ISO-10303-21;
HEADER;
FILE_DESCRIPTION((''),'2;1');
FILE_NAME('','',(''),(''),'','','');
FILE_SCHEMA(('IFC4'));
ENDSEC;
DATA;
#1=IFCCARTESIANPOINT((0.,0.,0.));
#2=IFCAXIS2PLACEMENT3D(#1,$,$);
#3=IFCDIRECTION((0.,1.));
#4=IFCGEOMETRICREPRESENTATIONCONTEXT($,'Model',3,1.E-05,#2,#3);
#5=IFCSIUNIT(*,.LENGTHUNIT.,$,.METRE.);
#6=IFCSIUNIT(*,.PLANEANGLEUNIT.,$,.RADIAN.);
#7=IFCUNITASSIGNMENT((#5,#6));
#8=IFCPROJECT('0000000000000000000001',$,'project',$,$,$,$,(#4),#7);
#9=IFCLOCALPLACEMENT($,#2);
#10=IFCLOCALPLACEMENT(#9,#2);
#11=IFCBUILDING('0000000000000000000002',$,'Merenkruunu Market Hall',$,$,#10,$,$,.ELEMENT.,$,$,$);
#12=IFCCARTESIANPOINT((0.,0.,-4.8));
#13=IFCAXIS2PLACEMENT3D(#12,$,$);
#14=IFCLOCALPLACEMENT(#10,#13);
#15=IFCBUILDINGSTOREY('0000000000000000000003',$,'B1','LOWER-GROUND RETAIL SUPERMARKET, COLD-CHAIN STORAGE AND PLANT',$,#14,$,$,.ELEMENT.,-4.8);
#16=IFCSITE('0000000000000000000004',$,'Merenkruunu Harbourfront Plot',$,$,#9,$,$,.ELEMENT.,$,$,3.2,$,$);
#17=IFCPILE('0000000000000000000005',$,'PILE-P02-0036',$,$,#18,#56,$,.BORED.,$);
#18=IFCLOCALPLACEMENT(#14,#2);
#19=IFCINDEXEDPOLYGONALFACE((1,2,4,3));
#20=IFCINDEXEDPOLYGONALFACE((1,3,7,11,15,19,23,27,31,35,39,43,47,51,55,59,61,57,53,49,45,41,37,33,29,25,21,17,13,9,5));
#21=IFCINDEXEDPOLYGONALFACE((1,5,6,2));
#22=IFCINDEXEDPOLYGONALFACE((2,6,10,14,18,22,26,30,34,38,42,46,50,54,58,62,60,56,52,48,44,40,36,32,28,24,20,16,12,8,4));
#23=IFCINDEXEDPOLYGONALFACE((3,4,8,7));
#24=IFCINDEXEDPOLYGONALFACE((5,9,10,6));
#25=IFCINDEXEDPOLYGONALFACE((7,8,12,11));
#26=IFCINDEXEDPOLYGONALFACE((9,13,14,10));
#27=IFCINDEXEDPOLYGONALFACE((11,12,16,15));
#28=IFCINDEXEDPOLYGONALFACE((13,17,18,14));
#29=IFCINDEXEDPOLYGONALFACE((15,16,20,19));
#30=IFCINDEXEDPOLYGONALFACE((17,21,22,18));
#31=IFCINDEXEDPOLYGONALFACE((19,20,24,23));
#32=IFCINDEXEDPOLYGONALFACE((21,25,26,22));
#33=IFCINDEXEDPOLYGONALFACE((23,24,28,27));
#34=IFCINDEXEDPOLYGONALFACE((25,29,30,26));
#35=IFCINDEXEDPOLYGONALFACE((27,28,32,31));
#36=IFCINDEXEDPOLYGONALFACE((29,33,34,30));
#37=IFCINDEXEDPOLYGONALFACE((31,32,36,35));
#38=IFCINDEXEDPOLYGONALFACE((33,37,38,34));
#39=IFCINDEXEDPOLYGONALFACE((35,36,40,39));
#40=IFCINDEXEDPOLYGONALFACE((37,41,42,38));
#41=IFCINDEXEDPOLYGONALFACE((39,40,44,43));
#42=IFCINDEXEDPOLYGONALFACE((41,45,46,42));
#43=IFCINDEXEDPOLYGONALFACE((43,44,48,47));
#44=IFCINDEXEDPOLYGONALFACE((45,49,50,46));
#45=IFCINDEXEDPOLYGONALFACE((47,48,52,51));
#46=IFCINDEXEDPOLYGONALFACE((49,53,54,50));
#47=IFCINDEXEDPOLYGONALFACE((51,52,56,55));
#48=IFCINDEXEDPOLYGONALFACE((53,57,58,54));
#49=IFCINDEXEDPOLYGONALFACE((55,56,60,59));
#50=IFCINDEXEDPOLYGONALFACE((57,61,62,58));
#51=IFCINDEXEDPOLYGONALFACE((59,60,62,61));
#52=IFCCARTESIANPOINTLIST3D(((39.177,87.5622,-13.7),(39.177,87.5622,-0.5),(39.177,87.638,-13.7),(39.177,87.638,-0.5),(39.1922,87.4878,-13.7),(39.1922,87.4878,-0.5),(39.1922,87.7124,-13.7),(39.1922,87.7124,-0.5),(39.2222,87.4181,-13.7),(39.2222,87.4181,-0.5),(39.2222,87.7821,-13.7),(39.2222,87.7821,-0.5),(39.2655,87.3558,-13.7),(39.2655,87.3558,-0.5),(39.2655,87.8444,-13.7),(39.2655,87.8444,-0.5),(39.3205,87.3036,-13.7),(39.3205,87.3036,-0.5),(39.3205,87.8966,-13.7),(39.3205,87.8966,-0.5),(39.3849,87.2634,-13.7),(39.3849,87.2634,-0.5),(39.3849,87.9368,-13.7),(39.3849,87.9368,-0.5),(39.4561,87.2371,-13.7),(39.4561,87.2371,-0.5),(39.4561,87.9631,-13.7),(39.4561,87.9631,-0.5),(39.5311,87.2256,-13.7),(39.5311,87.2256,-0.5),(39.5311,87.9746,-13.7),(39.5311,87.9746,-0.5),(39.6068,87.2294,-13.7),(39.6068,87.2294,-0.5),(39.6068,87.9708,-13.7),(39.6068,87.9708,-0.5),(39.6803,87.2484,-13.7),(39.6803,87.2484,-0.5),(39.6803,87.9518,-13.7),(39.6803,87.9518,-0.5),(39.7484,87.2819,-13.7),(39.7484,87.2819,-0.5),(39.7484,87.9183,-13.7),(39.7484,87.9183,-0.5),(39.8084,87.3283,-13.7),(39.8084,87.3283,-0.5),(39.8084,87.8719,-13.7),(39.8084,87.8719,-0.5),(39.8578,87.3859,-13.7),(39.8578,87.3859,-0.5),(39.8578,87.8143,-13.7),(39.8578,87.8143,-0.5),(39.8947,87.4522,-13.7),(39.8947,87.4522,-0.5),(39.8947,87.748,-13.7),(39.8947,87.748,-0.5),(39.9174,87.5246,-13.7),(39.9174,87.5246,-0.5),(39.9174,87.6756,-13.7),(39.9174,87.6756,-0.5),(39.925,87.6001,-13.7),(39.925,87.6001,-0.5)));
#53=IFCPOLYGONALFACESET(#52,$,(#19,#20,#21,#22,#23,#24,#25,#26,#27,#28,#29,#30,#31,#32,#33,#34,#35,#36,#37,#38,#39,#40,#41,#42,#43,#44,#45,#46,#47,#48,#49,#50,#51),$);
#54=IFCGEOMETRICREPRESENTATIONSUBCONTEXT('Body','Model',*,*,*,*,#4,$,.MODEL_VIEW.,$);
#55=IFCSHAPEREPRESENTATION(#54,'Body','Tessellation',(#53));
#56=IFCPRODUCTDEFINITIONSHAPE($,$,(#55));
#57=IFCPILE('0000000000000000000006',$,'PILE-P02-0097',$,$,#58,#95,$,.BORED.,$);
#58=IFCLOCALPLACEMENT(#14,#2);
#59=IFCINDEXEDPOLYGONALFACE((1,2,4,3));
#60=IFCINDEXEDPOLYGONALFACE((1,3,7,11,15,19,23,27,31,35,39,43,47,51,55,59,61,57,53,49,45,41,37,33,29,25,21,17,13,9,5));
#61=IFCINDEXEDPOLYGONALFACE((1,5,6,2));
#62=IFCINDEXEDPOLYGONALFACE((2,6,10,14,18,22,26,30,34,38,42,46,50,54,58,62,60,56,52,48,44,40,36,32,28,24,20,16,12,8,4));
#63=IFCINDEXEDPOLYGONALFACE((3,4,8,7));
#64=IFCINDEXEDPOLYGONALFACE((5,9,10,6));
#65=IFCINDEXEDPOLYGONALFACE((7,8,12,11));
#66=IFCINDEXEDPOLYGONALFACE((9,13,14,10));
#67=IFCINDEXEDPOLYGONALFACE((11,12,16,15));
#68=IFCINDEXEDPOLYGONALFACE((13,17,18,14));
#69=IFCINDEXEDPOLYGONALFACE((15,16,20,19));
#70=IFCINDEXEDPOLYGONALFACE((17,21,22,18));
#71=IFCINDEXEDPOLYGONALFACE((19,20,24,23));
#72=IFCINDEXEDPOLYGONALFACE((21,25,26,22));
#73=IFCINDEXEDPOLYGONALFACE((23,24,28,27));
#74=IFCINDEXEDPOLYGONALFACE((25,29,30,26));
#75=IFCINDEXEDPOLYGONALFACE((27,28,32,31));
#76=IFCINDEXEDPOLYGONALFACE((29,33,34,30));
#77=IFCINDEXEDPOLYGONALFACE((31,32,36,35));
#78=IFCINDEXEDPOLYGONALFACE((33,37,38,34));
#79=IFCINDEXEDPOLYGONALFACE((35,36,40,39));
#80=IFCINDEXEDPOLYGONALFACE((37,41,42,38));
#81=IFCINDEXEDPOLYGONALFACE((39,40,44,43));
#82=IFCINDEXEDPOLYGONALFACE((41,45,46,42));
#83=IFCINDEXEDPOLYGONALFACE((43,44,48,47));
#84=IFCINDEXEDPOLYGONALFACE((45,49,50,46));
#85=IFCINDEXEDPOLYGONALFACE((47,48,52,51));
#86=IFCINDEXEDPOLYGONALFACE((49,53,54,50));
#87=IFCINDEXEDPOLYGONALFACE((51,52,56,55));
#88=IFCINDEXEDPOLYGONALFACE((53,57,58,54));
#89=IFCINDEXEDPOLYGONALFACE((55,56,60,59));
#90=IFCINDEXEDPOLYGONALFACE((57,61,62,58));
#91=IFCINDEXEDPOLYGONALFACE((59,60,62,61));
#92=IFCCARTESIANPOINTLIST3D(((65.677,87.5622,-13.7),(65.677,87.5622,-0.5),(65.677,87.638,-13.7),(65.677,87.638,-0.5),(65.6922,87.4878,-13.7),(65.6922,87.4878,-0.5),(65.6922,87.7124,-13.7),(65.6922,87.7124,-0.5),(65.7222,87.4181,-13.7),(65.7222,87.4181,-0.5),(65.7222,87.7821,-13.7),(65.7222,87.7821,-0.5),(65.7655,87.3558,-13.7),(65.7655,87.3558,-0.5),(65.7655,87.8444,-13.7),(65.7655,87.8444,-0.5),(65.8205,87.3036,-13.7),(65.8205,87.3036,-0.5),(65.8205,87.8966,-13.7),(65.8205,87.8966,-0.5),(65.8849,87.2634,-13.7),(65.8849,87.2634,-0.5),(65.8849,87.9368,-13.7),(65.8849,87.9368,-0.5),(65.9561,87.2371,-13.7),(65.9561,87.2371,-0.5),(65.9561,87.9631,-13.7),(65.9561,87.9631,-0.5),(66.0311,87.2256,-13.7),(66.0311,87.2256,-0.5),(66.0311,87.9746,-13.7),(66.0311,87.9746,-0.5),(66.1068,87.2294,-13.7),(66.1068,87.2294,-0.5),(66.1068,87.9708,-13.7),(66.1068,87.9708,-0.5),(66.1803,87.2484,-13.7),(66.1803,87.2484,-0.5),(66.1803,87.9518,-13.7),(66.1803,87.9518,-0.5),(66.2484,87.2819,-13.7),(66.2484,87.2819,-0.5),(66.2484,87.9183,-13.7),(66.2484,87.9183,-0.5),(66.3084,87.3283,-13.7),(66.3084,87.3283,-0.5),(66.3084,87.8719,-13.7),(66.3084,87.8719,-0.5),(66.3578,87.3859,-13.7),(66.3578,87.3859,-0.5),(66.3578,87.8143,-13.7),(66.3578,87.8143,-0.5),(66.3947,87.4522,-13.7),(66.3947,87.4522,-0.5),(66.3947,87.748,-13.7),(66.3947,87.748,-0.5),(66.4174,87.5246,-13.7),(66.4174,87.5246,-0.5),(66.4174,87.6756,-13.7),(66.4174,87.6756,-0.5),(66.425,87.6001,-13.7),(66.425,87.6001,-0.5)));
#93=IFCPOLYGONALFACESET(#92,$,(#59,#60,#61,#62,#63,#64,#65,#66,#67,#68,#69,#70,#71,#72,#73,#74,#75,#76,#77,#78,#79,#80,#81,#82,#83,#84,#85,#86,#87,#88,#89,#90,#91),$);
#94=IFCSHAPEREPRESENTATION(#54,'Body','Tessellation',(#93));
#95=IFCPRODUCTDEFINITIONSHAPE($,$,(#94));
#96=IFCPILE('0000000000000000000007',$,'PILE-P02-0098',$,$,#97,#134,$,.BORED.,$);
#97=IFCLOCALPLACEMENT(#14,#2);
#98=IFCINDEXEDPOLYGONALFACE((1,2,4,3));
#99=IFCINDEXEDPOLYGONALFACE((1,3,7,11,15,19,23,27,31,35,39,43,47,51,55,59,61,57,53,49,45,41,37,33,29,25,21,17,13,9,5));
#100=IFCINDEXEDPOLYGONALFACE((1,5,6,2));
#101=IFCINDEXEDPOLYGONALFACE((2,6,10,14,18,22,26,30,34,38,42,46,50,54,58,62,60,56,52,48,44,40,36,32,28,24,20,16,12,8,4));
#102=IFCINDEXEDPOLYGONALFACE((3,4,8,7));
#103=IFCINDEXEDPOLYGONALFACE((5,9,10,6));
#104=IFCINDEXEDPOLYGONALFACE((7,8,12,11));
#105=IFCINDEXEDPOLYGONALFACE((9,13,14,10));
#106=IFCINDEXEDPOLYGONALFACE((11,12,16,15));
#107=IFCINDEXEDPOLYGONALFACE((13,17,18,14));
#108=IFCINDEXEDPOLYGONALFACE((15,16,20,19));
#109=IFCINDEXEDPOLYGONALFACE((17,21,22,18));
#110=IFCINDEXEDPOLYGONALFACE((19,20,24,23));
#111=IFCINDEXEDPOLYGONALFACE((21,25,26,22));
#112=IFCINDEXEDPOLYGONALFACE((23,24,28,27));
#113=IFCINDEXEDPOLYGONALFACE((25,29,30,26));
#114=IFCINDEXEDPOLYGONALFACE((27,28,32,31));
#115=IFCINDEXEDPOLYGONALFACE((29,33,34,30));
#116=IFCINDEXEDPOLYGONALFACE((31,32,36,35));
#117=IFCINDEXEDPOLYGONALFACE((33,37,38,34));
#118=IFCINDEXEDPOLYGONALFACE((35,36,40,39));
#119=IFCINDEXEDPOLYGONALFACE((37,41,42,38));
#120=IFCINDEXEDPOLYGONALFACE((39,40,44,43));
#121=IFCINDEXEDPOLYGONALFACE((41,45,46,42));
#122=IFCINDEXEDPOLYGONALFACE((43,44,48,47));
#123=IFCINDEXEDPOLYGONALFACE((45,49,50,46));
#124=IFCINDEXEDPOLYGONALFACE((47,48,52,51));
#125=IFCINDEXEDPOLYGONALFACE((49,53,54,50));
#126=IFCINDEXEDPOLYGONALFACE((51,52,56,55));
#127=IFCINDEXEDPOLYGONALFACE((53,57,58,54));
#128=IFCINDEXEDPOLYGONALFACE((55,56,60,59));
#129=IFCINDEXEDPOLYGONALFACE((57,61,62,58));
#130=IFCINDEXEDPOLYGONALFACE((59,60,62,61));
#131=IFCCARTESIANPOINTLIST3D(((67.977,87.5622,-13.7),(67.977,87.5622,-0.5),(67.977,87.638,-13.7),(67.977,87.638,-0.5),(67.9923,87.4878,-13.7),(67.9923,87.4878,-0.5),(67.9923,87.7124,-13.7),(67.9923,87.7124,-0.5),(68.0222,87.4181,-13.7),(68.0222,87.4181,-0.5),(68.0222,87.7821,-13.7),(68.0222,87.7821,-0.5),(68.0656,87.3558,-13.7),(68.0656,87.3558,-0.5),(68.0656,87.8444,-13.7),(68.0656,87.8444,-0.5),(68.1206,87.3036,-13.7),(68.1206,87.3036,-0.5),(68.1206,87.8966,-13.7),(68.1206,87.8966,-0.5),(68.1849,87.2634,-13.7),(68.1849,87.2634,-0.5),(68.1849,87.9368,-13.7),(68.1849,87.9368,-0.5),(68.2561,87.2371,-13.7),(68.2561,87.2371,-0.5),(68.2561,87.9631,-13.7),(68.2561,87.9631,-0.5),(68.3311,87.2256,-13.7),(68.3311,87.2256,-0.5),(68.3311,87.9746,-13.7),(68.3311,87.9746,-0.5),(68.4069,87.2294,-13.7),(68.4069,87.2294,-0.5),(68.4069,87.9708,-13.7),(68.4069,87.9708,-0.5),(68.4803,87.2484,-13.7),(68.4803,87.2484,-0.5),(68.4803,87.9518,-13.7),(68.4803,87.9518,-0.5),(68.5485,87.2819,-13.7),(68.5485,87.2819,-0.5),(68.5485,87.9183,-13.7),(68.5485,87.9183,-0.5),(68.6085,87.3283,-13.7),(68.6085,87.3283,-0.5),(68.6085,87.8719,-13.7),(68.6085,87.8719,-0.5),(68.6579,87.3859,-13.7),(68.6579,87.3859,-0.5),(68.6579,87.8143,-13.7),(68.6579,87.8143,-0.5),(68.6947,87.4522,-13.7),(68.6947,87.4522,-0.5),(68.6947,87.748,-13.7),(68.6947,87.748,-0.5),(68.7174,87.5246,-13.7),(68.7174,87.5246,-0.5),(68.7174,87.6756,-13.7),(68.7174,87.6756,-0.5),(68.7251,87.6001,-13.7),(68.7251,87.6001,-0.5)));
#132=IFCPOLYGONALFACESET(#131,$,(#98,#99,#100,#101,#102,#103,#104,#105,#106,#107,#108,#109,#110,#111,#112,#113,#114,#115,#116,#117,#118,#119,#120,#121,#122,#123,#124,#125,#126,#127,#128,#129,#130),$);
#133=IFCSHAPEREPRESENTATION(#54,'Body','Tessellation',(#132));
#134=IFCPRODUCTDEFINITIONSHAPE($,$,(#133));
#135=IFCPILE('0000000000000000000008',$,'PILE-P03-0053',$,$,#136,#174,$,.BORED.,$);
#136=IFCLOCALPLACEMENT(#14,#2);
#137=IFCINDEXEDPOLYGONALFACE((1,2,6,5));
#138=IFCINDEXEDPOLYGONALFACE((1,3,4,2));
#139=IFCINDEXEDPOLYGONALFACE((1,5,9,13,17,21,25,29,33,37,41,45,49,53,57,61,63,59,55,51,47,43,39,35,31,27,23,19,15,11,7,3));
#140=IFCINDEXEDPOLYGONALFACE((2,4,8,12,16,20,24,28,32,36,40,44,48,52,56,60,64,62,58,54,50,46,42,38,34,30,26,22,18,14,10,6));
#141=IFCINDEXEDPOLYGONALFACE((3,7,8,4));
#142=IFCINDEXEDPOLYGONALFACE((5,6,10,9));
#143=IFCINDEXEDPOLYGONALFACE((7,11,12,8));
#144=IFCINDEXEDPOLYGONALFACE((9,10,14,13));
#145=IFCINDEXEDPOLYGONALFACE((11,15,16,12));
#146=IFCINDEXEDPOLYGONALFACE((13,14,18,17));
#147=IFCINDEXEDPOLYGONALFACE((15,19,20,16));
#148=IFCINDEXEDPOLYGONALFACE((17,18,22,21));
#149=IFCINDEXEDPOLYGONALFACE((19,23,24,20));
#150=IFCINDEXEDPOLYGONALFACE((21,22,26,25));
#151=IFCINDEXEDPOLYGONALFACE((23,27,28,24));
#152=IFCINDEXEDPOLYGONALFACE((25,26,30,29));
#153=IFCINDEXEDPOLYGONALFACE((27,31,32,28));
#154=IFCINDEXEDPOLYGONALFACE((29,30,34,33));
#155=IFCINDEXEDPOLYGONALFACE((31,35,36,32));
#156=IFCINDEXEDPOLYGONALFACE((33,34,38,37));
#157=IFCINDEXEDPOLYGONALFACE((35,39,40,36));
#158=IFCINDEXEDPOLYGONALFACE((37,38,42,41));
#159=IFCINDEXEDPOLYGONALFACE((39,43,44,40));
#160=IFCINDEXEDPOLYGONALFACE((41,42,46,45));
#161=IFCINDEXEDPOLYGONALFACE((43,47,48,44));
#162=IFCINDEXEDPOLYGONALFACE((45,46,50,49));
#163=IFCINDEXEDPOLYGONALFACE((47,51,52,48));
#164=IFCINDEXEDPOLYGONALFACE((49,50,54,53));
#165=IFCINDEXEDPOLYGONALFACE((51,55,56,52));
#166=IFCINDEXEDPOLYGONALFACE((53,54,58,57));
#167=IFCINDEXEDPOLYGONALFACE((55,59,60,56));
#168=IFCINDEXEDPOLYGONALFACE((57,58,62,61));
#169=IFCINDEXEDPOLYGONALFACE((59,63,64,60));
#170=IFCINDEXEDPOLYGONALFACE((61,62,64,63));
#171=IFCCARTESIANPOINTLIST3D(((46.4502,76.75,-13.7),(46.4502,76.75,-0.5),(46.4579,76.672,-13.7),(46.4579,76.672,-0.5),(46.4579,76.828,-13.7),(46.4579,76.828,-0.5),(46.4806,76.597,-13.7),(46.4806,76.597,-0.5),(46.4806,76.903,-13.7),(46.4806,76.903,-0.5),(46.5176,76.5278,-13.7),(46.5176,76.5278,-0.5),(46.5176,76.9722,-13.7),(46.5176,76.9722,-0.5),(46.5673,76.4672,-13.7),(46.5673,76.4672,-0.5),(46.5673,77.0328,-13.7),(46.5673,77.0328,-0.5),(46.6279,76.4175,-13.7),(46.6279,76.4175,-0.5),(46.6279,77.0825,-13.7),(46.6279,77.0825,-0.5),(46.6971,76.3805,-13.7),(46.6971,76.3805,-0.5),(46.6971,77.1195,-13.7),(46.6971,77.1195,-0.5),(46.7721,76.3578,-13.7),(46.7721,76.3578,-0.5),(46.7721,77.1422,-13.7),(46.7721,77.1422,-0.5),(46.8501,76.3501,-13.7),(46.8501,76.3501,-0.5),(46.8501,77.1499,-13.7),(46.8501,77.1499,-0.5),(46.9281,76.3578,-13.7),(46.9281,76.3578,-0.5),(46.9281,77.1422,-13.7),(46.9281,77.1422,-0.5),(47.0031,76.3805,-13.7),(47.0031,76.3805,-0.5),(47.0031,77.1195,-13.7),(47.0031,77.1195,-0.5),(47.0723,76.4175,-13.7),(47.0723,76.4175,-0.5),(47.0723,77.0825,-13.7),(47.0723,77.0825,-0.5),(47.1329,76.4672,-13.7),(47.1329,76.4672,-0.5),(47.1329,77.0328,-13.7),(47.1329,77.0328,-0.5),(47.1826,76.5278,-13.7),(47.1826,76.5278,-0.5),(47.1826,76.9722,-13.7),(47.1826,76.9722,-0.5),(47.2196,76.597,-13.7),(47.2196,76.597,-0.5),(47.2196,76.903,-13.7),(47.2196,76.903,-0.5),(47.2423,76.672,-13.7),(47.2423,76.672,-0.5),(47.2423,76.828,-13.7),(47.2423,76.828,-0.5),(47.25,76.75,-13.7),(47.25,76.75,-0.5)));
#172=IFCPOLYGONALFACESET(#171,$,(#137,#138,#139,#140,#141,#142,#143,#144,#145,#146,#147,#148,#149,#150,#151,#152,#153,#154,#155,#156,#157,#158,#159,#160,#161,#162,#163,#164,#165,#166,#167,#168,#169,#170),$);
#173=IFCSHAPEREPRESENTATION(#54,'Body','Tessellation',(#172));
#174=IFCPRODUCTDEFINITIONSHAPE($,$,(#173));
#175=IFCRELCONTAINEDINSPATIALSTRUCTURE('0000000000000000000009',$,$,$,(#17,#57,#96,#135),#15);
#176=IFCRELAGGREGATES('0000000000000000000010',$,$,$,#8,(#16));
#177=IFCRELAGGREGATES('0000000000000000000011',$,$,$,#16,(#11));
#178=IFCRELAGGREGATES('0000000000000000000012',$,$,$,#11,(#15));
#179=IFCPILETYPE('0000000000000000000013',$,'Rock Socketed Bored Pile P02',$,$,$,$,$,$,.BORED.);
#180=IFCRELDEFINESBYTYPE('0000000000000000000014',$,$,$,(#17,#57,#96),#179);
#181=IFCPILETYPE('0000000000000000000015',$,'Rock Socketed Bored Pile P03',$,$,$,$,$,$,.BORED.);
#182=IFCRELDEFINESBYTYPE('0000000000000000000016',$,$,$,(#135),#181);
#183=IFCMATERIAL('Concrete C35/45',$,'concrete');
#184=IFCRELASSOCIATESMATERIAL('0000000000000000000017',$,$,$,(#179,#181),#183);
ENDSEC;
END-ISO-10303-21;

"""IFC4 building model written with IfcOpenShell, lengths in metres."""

from ifc_helpers import new_model, si_unit, direction, frame, origin, origin_2d, place, context, subcontext, project, spatial, circle, extrude, material, material_profile, profile_set, type_object, element, save


model = new_model("IFC4")

# Units and contexts
model_context = context("Model", 3, precision=1e-05, world=origin(), true_north=direction((0.0, 1.0)))
body_context = subcontext(model_context, "Body", "Model", "MODEL_VIEW")
ifc_project = project(units=[si_unit("LENGTHUNIT", "METRE"), si_unit("PLANEANGLEUNIT", "RADIAN")], contexts=[model_context])

# Site, building, storey
site_placement = place(None, origin())
site = spatial("IfcSite", under=ifc_project, at=site_placement, Name="Merenkruunu Harbourfront Plot", CompositionType="ELEMENT", RefElevation=3.2)
building_placement = place(site_placement, origin())
building = spatial("IfcBuilding", under=site, at=building_placement, Name="Merenkruunu Market Hall", CompositionType="ELEMENT")
storey_placement = place(building_placement, frame((0.0, 0.0, -4.8)))
storey = spatial("IfcBuildingStorey", under=building, at=storey_placement, Name="B1", Description="LOWER-GROUND RETAIL SUPERMARKET, COLD-CHAIN STORAGE AND PLANT", CompositionType="ELEMENT", Elevation=-4.8)

# Piles
ifc_material_1 = material(Name="Concrete C35/45", Category="concrete")
ifc_material_profile_1 = material_profile(ifc_material_1, circle(Radius=0.375, at=origin_2d()), Name="BORED PILE 750")
ifc_profile_set_1 = profile_set([ifc_material_profile_1], Name="Concrete C35/45")
pile_type_1 = type_object("IfcPileType", Name="Rock Socketed Bored Pile P02", PredefinedType="BORED", material=ifc_profile_set_1)
for number, where, z_axis, x_axis, name in (
    (1, (39.55, 87.6001, -0.5), (0.0, 0.0, -1.0), (1.0, 0.0, 0.0), "PILE-P02-0036"),
    (2, (66.05, 87.6001, -0.5), (0.0, 0.0, -1.0), (1.0, 0.0, 0.0), "PILE-P02-0097"),
    (3, (68.3501, 87.6001, -0.5), (0.0, 0.0, -1.0), (1.0, 0.0, 0.0), "PILE-P02-0098"),
):
    element("IfcPile", number, at=place(storey_placement, frame(where, z_axis=z_axis, x_axis=x_axis)), inside=storey, type_object=pile_type_1, Name=name, PredefinedType="BORED", context=body_context, shape_type="SweptSolid", body=[
        extrude(circle(Radius=0.375, at=origin_2d()), origin(), (0.0, 0.0, 1.0), 13.2),
    ])
ifc_material_profile_2 = material_profile(ifc_material_1, circle(Radius=0.3999, at=origin_2d()), Name="BORED PILE 800")
ifc_profile_set_2 = profile_set([ifc_material_profile_2], Name="Concrete C35/45")
pile_type_2 = type_object("IfcPileType", Name="Rock Socketed Bored Pile P03", PredefinedType="BORED", material=ifc_profile_set_2)
for number, where, z_axis, x_axis, name in (
    (4, (46.8501, 76.75, -0.5), (0.0, 0.0, -1.0), (1.0, 0.0, 0.0), "PILE-P03-0053"),
):
    element("IfcPile", number, at=place(storey_placement, frame(where, z_axis=z_axis, x_axis=x_axis)), inside=storey, type_object=pile_type_2, Name=name, PredefinedType="BORED", context=body_context, shape_type="SweptSolid", body=[
        extrude(circle(Radius=0.3999, at=origin_2d()), origin(), (0.0, 0.0, 1.0), 13.2),
    ])

save(model, "model.ifc")
